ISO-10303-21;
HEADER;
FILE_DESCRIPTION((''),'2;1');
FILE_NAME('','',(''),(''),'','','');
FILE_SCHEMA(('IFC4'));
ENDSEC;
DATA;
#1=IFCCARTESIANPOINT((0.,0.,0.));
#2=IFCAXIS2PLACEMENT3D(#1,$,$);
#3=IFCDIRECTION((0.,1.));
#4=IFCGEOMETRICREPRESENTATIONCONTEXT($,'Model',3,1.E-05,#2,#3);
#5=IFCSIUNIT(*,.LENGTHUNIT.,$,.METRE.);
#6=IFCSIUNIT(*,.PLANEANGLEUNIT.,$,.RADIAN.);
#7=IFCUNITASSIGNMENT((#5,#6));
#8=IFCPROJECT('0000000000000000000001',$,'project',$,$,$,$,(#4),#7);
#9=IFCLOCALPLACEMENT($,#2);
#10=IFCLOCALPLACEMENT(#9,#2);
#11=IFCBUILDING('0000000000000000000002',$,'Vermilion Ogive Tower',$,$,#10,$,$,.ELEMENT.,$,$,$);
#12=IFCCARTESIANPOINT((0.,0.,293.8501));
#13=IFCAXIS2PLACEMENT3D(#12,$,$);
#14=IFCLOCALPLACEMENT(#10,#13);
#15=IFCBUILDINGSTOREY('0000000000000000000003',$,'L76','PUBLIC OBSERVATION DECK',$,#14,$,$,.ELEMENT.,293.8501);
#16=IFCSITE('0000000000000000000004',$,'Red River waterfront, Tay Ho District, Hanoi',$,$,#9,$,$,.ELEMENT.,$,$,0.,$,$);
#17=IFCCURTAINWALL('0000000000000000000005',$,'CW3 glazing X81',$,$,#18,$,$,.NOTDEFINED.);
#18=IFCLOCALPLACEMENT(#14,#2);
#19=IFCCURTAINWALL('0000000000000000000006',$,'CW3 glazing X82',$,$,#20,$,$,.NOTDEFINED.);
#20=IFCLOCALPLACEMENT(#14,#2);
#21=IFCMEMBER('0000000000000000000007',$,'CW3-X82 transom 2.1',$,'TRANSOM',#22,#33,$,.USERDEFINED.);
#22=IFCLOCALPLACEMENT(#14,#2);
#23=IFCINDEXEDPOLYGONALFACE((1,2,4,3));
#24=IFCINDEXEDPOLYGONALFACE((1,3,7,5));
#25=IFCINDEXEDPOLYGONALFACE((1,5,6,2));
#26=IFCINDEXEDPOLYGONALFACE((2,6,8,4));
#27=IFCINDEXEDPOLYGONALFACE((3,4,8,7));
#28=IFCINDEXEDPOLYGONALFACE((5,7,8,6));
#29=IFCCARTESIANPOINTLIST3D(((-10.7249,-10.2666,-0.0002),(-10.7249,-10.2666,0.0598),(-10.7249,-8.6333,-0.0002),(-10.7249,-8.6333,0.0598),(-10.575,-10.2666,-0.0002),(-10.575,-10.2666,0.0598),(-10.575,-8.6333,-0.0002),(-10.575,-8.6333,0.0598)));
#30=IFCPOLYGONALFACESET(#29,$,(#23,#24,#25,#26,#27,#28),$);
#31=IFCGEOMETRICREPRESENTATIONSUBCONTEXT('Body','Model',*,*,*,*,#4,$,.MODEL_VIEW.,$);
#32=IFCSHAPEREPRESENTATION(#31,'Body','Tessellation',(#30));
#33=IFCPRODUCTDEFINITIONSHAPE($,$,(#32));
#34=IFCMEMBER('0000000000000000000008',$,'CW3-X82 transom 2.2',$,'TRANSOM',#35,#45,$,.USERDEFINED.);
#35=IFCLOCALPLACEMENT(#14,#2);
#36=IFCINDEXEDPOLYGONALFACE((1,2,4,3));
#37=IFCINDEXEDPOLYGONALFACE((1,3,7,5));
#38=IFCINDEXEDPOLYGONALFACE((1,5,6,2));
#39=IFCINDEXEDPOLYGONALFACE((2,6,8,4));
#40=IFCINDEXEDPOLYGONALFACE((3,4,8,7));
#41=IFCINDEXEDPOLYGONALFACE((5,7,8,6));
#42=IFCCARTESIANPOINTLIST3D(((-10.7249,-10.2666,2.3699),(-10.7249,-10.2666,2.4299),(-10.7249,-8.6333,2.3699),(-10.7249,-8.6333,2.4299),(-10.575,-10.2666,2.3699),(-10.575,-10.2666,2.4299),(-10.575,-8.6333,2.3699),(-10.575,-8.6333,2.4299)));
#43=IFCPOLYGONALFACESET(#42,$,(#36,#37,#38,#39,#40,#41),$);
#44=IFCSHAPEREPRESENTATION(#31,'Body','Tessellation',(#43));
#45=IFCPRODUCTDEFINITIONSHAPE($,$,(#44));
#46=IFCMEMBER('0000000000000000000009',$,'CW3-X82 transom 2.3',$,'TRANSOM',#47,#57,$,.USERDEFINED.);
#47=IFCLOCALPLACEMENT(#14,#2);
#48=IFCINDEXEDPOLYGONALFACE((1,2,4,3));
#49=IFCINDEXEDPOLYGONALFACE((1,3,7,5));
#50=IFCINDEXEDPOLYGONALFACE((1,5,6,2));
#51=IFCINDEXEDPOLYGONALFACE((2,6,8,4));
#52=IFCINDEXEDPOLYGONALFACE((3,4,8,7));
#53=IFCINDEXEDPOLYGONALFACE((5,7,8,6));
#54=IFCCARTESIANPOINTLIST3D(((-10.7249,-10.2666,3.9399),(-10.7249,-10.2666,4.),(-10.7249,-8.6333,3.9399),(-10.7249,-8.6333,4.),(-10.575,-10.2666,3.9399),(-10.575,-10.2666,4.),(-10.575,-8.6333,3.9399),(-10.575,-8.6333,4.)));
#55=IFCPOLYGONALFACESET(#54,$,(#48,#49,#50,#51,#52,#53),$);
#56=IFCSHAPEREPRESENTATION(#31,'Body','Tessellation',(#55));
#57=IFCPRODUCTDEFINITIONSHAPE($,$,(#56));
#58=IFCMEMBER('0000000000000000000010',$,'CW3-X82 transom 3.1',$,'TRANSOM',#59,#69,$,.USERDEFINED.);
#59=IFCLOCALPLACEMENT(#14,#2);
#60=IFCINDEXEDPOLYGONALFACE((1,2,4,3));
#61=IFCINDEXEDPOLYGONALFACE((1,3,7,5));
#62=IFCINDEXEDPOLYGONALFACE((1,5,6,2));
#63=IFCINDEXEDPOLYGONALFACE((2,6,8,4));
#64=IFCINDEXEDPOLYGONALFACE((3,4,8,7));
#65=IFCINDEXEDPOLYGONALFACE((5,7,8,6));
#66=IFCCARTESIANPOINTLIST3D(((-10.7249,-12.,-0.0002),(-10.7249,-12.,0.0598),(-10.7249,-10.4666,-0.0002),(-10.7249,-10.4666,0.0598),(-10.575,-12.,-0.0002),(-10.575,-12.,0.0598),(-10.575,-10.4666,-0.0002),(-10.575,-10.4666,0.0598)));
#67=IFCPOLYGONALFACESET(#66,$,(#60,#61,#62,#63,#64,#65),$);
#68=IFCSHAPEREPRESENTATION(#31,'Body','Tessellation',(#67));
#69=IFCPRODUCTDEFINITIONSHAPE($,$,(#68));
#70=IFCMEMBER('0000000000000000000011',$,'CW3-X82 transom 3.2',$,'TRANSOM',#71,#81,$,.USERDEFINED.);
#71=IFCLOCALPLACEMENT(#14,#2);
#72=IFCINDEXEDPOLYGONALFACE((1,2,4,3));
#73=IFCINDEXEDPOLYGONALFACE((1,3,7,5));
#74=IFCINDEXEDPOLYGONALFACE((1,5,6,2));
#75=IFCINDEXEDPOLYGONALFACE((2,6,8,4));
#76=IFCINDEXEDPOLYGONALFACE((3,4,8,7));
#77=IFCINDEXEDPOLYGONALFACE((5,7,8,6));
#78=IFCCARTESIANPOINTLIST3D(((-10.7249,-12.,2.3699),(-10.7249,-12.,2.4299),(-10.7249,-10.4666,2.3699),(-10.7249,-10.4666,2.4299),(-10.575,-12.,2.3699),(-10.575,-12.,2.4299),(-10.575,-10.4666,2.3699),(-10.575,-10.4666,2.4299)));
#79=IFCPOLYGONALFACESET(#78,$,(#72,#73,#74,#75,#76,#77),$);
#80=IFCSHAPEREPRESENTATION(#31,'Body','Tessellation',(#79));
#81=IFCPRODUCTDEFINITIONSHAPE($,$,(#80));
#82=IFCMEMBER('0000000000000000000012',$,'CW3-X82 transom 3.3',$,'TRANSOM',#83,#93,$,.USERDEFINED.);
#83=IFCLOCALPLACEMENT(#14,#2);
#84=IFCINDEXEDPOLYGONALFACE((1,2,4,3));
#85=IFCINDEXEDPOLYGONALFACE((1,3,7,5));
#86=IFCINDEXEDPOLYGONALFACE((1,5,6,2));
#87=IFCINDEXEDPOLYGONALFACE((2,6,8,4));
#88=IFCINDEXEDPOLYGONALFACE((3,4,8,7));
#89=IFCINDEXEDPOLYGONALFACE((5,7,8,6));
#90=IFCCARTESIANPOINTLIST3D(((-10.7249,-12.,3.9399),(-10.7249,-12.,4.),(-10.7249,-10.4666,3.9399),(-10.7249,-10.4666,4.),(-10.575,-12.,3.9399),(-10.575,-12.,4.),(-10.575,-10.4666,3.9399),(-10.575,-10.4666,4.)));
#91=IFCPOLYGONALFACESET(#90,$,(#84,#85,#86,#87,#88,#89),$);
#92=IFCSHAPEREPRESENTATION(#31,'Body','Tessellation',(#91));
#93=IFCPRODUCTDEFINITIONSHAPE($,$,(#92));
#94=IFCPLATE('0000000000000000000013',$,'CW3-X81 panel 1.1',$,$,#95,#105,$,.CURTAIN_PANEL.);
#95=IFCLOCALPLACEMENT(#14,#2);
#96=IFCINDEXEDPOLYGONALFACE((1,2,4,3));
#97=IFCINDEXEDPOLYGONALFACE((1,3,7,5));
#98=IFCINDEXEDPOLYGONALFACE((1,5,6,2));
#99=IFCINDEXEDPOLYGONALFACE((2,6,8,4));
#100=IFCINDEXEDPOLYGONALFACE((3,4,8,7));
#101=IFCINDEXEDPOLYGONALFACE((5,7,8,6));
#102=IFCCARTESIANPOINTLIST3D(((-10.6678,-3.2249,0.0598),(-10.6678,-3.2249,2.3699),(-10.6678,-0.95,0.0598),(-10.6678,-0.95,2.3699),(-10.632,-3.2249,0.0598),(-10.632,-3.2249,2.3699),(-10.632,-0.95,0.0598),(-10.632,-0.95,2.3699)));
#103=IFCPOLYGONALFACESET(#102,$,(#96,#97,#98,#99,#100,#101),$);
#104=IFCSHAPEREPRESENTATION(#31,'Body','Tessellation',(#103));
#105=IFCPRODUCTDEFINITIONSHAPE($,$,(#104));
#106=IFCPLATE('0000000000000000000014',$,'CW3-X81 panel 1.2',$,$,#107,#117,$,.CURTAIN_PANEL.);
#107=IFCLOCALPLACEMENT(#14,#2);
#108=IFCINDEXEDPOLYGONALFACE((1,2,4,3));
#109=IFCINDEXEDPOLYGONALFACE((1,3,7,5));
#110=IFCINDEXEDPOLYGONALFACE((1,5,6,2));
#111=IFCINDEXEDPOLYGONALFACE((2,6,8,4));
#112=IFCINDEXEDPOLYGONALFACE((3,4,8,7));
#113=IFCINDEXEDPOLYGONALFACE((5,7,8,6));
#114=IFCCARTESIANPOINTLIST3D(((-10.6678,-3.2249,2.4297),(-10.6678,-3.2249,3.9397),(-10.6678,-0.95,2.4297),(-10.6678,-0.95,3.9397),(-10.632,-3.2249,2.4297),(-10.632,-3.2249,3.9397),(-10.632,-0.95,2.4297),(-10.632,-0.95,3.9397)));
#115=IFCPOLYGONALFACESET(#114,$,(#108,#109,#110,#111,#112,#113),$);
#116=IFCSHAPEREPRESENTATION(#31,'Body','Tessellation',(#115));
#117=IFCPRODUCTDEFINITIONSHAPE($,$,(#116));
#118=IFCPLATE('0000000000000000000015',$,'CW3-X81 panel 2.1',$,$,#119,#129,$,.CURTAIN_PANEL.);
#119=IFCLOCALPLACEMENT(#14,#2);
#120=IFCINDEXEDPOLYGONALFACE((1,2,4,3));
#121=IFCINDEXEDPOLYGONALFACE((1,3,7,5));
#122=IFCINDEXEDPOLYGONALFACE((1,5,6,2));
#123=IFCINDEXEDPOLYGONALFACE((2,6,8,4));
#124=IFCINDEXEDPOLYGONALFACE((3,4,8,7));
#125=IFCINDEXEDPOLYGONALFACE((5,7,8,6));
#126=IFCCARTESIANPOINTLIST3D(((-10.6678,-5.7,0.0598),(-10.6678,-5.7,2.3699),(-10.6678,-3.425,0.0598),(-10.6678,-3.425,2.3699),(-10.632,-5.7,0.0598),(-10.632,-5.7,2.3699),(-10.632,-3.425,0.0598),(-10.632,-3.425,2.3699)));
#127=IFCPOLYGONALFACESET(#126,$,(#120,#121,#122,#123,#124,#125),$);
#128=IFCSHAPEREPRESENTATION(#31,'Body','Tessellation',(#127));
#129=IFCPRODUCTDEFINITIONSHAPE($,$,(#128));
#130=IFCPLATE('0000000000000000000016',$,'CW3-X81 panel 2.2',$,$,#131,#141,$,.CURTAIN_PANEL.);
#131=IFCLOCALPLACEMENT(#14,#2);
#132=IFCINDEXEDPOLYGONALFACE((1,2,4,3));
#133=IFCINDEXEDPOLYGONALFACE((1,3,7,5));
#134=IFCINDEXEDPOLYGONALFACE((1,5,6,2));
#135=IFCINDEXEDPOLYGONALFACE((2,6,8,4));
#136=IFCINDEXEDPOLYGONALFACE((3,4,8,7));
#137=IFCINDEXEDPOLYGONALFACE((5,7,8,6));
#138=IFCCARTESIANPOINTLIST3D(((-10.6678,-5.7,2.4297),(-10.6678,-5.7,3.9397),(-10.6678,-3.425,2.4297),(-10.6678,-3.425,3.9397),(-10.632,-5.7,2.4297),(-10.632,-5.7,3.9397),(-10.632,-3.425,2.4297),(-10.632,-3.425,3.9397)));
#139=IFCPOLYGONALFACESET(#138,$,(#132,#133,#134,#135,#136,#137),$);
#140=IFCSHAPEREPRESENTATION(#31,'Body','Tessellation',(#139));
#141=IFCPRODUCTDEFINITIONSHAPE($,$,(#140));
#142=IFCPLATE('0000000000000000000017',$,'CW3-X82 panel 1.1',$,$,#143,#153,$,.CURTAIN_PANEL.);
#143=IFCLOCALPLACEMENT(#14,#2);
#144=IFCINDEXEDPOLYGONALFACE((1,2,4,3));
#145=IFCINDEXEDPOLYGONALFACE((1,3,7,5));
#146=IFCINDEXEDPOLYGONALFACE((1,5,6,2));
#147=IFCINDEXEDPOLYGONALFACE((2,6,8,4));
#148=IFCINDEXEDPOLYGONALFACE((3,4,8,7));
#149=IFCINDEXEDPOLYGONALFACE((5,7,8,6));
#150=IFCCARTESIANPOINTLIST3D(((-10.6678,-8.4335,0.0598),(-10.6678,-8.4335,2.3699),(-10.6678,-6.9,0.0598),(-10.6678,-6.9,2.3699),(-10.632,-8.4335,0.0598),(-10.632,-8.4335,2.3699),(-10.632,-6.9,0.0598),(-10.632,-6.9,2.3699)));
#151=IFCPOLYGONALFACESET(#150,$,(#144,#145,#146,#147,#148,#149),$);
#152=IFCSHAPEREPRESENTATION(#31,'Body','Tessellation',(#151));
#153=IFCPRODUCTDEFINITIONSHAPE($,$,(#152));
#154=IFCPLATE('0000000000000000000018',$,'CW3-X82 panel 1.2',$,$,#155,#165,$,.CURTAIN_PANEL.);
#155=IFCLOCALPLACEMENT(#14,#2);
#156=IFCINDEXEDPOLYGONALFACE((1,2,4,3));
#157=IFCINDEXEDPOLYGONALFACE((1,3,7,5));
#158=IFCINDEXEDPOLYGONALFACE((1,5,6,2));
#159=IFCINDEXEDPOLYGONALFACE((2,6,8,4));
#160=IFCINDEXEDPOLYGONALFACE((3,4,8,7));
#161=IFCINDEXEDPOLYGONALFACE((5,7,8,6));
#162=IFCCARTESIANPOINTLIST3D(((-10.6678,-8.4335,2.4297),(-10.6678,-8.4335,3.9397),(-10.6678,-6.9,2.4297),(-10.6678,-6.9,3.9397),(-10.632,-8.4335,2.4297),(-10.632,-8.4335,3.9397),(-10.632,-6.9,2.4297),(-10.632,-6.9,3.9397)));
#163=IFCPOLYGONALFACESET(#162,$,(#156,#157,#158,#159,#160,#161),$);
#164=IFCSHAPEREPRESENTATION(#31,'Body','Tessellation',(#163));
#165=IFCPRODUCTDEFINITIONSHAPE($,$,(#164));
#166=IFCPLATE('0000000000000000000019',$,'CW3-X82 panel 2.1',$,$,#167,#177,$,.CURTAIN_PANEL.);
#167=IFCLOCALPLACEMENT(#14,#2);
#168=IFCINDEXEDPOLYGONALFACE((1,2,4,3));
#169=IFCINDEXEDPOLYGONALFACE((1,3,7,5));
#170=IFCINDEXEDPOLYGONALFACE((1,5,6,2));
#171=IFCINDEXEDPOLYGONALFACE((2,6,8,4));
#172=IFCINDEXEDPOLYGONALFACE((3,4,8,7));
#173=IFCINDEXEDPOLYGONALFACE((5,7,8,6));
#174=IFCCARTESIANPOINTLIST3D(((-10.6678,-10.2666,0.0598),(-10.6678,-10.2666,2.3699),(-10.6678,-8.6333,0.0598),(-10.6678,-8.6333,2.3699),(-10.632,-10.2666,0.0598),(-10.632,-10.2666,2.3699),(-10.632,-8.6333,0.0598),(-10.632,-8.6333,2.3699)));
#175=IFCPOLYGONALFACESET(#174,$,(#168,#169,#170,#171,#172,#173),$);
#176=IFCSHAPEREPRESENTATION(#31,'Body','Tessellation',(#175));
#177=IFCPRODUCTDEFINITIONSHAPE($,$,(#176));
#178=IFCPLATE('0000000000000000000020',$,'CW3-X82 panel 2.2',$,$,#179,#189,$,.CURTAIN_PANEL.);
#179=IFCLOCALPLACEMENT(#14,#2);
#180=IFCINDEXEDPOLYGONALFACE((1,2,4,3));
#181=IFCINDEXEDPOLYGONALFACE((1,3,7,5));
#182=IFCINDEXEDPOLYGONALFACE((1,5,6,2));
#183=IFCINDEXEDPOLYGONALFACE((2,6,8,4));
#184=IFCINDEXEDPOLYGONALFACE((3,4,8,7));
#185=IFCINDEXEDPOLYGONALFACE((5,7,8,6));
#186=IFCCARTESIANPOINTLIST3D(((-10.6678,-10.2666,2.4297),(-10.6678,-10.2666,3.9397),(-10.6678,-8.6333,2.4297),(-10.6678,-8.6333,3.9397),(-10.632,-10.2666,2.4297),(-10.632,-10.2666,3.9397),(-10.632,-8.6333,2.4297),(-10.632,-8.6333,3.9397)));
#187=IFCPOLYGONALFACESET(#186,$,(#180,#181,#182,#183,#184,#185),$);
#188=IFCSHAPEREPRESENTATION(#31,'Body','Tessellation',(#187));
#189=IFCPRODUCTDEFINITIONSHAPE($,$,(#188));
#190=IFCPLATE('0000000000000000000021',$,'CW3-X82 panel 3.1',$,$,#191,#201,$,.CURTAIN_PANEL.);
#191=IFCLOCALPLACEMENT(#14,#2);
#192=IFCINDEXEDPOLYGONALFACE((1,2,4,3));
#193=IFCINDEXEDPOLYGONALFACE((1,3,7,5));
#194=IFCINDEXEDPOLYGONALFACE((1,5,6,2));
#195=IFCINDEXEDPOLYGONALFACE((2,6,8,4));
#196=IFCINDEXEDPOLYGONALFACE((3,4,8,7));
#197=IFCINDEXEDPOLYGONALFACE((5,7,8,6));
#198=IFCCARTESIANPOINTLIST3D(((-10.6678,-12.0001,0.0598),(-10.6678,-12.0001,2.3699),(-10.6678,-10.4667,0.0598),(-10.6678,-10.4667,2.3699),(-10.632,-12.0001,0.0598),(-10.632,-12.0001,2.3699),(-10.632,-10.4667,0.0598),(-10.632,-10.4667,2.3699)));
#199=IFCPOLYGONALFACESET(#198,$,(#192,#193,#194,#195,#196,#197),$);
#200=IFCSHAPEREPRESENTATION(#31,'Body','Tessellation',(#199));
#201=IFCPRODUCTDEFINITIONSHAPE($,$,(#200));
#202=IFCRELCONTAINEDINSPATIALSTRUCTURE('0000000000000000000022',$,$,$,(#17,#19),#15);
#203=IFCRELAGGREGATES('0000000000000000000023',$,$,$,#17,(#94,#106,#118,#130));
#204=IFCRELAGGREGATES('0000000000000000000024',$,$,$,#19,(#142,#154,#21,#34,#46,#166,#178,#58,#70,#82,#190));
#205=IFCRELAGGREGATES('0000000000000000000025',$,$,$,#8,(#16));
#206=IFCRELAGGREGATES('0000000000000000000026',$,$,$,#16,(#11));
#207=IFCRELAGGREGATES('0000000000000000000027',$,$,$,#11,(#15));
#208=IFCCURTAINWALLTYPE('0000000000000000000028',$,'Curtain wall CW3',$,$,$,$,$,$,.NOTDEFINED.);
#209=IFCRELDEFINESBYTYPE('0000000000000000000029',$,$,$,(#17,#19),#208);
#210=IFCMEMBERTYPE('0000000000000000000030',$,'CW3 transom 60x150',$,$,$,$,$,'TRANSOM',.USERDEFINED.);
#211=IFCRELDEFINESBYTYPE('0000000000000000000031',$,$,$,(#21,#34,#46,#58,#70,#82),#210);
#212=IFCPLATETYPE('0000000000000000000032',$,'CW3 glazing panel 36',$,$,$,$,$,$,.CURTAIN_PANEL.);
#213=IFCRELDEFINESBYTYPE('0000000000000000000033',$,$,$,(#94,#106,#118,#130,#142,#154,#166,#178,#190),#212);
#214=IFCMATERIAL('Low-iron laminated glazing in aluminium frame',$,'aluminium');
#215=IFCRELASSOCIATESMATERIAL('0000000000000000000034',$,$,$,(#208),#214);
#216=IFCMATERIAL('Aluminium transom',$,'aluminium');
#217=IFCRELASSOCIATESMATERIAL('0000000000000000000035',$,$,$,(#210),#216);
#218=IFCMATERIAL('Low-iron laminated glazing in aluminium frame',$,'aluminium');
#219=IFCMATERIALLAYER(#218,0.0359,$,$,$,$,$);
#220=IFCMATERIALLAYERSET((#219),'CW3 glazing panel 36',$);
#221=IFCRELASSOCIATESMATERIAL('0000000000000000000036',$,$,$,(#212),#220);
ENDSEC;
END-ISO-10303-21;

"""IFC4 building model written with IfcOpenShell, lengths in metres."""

from ifc_helpers import new_model, si_unit, direction, frame, origin, origin_2d, place, context, subcontext, project, spatial, rectangle, extrude, material, layer, layer_set, material_profile, profile_set, type_object, element, aggregate, save


model = new_model("IFC4")

# Units and contexts
model_context = context("Model", 3, precision=1e-05, world=origin(), true_north=direction((0.0, 1.0)))
body_context = subcontext(model_context, "Body", "Model", "MODEL_VIEW")
ifc_project = project(units=[si_unit("LENGTHUNIT", "METRE"), si_unit("PLANEANGLEUNIT", "RADIAN")], contexts=[model_context])

# Site, building, storey
site_placement = place(None, origin())
site = spatial("IfcSite", under=ifc_project, at=site_placement, Name="Red River waterfront, Tay Ho District, Hanoi", CompositionType="ELEMENT", RefElevation=0.0)
building_placement = place(site_placement, origin())
building = spatial("IfcBuilding", under=site, at=building_placement, Name="Vermilion Ogive Tower", CompositionType="ELEMENT")
storey_placement = place(building_placement, frame((0.0, 0.0, 293.8501)))
storey = spatial("IfcBuildingStorey", under=building, at=storey_placement, Name="L76", Description="PUBLIC OBSERVATION DECK", CompositionType="ELEMENT", Elevation=293.8501)

# Curtain walls
ifc_material_1 = material(Name="Low-iron laminated glazing in aluminium frame", Category="aluminium")
curtain_wall_type = type_object("IfcCurtainWallType", Name="Curtain wall CW3", PredefinedType="NOTDEFINED", material=ifc_material_1)
curtain_wall_1_placement = place(storey_placement, origin())
curtain_wall_1 = element("IfcCurtainWall", 1, at=curtain_wall_1_placement, inside=storey, type_object=curtain_wall_type, Name="CW3 glazing X81", PredefinedType="NOTDEFINED")
curtain_wall_2_placement = place(storey_placement, origin())
curtain_wall_2 = element("IfcCurtainWall", 2, at=curtain_wall_2_placement, inside=storey, type_object=curtain_wall_type, Name="CW3 glazing X82", PredefinedType="NOTDEFINED")

# Members
ifc_material_2 = material(Name="Aluminium transom", Category="aluminium")
ifc_material_profile_1 = material_profile(ifc_material_2, rectangle(XDim=0.1499, YDim=0.0601, at=origin_2d()), Name="AL 60x150")
ifc_profile_set_1 = profile_set([ifc_material_profile_1], Name="Aluminium transom")
member_type_1 = type_object("IfcMemberType", Name="CW3 transom 60x150", ElementType="TRANSOM", PredefinedType="USERDEFINED", material=ifc_profile_set_1)
member_1_placement = place(storey_placement, frame((-10.6499, -8.6333, 0.0298), z_axis=(0.0, -1.0, 0.0), x_axis=(1.0, 0.0, 0.0)))
member_1 = element("IfcMember", 3, at=member_1_placement, type_object=member_type_1, Name="CW3-X82 transom 2.1", ObjectType="TRANSOM", PredefinedType="USERDEFINED", context=body_context, shape_type="SweptSolid", body=[
    extrude(rectangle(XDim=0.1499, YDim=0.0601, at=origin_2d()), origin(), (0.0, 0.0, 1.0), 1.6333),
])
member_2_placement = place(storey_placement, frame((-10.6499, -8.6333, 2.3999), z_axis=(0.0, -1.0, 0.0), x_axis=(1.0, 0.0, 0.0)))
member_2 = element("IfcMember", 4, at=member_2_placement, type_object=member_type_1, Name="CW3-X82 transom 2.2", ObjectType="TRANSOM", PredefinedType="USERDEFINED", context=body_context, shape_type="SweptSolid", body=[
    extrude(rectangle(XDim=0.1499, YDim=0.0601, at=origin_2d()), origin(), (0.0, 0.0, 1.0), 1.6333),
])
member_3_placement = place(storey_placement, frame((-10.6499, -8.6333, 3.97), z_axis=(0.0, -1.0, 0.0), x_axis=(1.0, 0.0, 0.0)))
member_3 = element("IfcMember", 5, at=member_3_placement, type_object=member_type_1, Name="CW3-X82 transom 2.3", ObjectType="TRANSOM", PredefinedType="USERDEFINED", context=body_context, shape_type="SweptSolid", body=[
    extrude(rectangle(XDim=0.1499, YDim=0.0601, at=origin_2d()), origin(), (0.0, 0.0, 1.0), 1.6333),
])
member_4_placement = place(storey_placement, frame((-10.6499, -10.4666, 0.0298), z_axis=(0.0, -1.0, 0.0), x_axis=(1.0, 0.0, 0.0)))
member_4 = element("IfcMember", 6, at=member_4_placement, type_object=member_type_1, Name="CW3-X82 transom 3.1", ObjectType="TRANSOM", PredefinedType="USERDEFINED", context=body_context, shape_type="SweptSolid", body=[
    extrude(rectangle(XDim=0.1499, YDim=0.0601, at=origin_2d()), origin(), (0.0, 0.0, 1.0), 1.5334),
])
member_5_placement = place(storey_placement, frame((-10.6499, -10.4666, 2.3999), z_axis=(0.0, -1.0, 0.0), x_axis=(1.0, 0.0, 0.0)))
member_5 = element("IfcMember", 7, at=member_5_placement, type_object=member_type_1, Name="CW3-X82 transom 3.2", ObjectType="TRANSOM", PredefinedType="USERDEFINED", context=body_context, shape_type="SweptSolid", body=[
    extrude(rectangle(XDim=0.1499, YDim=0.0601, at=origin_2d()), origin(), (0.0, 0.0, 1.0), 1.5334),
])
member_6_placement = place(storey_placement, frame((-10.6499, -10.4666, 3.97), z_axis=(0.0, -1.0, 0.0), x_axis=(1.0, 0.0, 0.0)))
member_6 = element("IfcMember", 8, at=member_6_placement, type_object=member_type_1, Name="CW3-X82 transom 3.3", ObjectType="TRANSOM", PredefinedType="USERDEFINED", context=body_context, shape_type="SweptSolid", body=[
    extrude(rectangle(XDim=0.1499, YDim=0.0601, at=origin_2d()), origin(), (0.0, 0.0, 1.0), 1.5334),
])

# Plates
ifc_material_3 = material(Name="Low-iron laminated glazing in aluminium frame", Category="aluminium")
ifc_layer_1 = layer(ifc_material_3, 0.0359)
ifc_layer_set_1 = layer_set([ifc_layer_1], Name="CW3 glazing panel 36")
plate_type = type_object("IfcPlateType", Name="CW3 glazing panel 36", PredefinedType="CURTAIN_PANEL", material=ifc_layer_set_1)
plate_1_placement = place(storey_placement, frame((-10.6499, -2.0874, 0.0598), z_axis=(0.0, 0.0, 1.0), x_axis=(0.0, -1.0, 0.0)))
plate_1 = element("IfcPlate", 9, at=plate_1_placement, type_object=plate_type, Name="CW3-X81 panel 1.1", PredefinedType="CURTAIN_PANEL", context=body_context, shape_type="SweptSolid", body=[
    extrude(rectangle(XDim=2.2749, YDim=0.0359, at=origin_2d()), origin(), (0.0, 0.0, 1.0), 2.3101),
])
plate_2_placement = place(storey_placement, frame((-10.6499, -2.0874, 2.4297), z_axis=(0.0, 0.0, 1.0), x_axis=(0.0, -1.0, 0.0)))
plate_2 = element("IfcPlate", 10, at=plate_2_placement, type_object=plate_type, Name="CW3-X81 panel 1.2", PredefinedType="CURTAIN_PANEL", context=body_context, shape_type="SweptSolid", body=[
    extrude(rectangle(XDim=2.2749, YDim=0.0359, at=origin_2d()), origin(), (0.0, 0.0, 1.0), 1.51),
])
plate_3_placement = place(storey_placement, frame((-10.6499, -4.5625, 0.0598), z_axis=(0.0, 0.0, 1.0), x_axis=(0.0, -1.0, 0.0)))
plate_3 = element("IfcPlate", 11, at=plate_3_placement, type_object=plate_type, Name="CW3-X81 panel 2.1", PredefinedType="CURTAIN_PANEL", context=body_context, shape_type="SweptSolid", body=[
    extrude(rectangle(XDim=2.2749, YDim=0.0359, at=origin_2d()), origin(), (0.0, 0.0, 1.0), 2.3101),
])
plate_4_placement = place(storey_placement, frame((-10.6499, -4.5625, 2.4297), z_axis=(0.0, 0.0, 1.0), x_axis=(0.0, -1.0, 0.0)))
plate_4 = element("IfcPlate", 12, at=plate_4_placement, type_object=plate_type, Name="CW3-X81 panel 2.2", PredefinedType="CURTAIN_PANEL", context=body_context, shape_type="SweptSolid", body=[
    extrude(rectangle(XDim=2.2749, YDim=0.0359, at=origin_2d()), origin(), (0.0, 0.0, 1.0), 1.51),
])
aggregate(curtain_wall_1, [plate_1, plate_2, plate_3, plate_4])
plate_5_placement = place(storey_placement, frame((-10.6499, -7.6667, 0.0598), z_axis=(0.0, 0.0, 1.0), x_axis=(0.0, -1.0, 0.0)))
plate_5 = element("IfcPlate", 13, at=plate_5_placement, type_object=plate_type, Name="CW3-X82 panel 1.1", PredefinedType="CURTAIN_PANEL", context=body_context, shape_type="SweptSolid", body=[
    extrude(rectangle(XDim=1.5334, YDim=0.0359, at=origin_2d()), origin(), (0.0, 0.0, 1.0), 2.3101),
])
plate_6_placement = place(storey_placement, frame((-10.6499, -7.6667, 2.4297), z_axis=(0.0, 0.0, 1.0), x_axis=(0.0, -1.0, 0.0)))
plate_6 = element("IfcPlate", 14, at=plate_6_placement, type_object=plate_type, Name="CW3-X82 panel 1.2", PredefinedType="CURTAIN_PANEL", context=body_context, shape_type="SweptSolid", body=[
    extrude(rectangle(XDim=1.5334, YDim=0.0359, at=origin_2d()), origin(), (0.0, 0.0, 1.0), 1.51),
])
plate_7_placement = place(storey_placement, frame((-10.6499, -9.45, 0.0598), z_axis=(0.0, 0.0, 1.0), x_axis=(0.0, -1.0, 0.0)))
plate_7 = element("IfcPlate", 15, at=plate_7_placement, type_object=plate_type, Name="CW3-X82 panel 2.1", PredefinedType="CURTAIN_PANEL", context=body_context, shape_type="SweptSolid", body=[
    extrude(rectangle(XDim=1.6333, YDim=0.0359, at=origin_2d()), origin(), (0.0, 0.0, 1.0), 2.3101),
])
plate_8_placement = place(storey_placement, frame((-10.6499, -9.45, 2.4297), z_axis=(0.0, 0.0, 1.0), x_axis=(0.0, -1.0, 0.0)))
plate_8 = element("IfcPlate", 16, at=plate_8_placement, type_object=plate_type, Name="CW3-X82 panel 2.2", PredefinedType="CURTAIN_PANEL", context=body_context, shape_type="SweptSolid", body=[
    extrude(rectangle(XDim=1.6333, YDim=0.0359, at=origin_2d()), origin(), (0.0, 0.0, 1.0), 1.51),
])
plate_9_placement = place(storey_placement, frame((-10.6499, -11.2334, 0.0598), z_axis=(0.0, 0.0, 1.0), x_axis=(0.0, -1.0, 0.0)))
plate_9 = element("IfcPlate", 17, at=plate_9_placement, type_object=plate_type, Name="CW3-X82 panel 3.1", PredefinedType="CURTAIN_PANEL", context=body_context, shape_type="SweptSolid", body=[
    extrude(rectangle(XDim=1.5334, YDim=0.0359, at=origin_2d()), origin(), (0.0, 0.0, 1.0), 2.3101),
])
aggregate(curtain_wall_2, [plate_5, plate_6, member_1, member_2, member_3, plate_7, plate_8, member_4, member_5, member_6, plate_9])

save(model, "model.ifc")
